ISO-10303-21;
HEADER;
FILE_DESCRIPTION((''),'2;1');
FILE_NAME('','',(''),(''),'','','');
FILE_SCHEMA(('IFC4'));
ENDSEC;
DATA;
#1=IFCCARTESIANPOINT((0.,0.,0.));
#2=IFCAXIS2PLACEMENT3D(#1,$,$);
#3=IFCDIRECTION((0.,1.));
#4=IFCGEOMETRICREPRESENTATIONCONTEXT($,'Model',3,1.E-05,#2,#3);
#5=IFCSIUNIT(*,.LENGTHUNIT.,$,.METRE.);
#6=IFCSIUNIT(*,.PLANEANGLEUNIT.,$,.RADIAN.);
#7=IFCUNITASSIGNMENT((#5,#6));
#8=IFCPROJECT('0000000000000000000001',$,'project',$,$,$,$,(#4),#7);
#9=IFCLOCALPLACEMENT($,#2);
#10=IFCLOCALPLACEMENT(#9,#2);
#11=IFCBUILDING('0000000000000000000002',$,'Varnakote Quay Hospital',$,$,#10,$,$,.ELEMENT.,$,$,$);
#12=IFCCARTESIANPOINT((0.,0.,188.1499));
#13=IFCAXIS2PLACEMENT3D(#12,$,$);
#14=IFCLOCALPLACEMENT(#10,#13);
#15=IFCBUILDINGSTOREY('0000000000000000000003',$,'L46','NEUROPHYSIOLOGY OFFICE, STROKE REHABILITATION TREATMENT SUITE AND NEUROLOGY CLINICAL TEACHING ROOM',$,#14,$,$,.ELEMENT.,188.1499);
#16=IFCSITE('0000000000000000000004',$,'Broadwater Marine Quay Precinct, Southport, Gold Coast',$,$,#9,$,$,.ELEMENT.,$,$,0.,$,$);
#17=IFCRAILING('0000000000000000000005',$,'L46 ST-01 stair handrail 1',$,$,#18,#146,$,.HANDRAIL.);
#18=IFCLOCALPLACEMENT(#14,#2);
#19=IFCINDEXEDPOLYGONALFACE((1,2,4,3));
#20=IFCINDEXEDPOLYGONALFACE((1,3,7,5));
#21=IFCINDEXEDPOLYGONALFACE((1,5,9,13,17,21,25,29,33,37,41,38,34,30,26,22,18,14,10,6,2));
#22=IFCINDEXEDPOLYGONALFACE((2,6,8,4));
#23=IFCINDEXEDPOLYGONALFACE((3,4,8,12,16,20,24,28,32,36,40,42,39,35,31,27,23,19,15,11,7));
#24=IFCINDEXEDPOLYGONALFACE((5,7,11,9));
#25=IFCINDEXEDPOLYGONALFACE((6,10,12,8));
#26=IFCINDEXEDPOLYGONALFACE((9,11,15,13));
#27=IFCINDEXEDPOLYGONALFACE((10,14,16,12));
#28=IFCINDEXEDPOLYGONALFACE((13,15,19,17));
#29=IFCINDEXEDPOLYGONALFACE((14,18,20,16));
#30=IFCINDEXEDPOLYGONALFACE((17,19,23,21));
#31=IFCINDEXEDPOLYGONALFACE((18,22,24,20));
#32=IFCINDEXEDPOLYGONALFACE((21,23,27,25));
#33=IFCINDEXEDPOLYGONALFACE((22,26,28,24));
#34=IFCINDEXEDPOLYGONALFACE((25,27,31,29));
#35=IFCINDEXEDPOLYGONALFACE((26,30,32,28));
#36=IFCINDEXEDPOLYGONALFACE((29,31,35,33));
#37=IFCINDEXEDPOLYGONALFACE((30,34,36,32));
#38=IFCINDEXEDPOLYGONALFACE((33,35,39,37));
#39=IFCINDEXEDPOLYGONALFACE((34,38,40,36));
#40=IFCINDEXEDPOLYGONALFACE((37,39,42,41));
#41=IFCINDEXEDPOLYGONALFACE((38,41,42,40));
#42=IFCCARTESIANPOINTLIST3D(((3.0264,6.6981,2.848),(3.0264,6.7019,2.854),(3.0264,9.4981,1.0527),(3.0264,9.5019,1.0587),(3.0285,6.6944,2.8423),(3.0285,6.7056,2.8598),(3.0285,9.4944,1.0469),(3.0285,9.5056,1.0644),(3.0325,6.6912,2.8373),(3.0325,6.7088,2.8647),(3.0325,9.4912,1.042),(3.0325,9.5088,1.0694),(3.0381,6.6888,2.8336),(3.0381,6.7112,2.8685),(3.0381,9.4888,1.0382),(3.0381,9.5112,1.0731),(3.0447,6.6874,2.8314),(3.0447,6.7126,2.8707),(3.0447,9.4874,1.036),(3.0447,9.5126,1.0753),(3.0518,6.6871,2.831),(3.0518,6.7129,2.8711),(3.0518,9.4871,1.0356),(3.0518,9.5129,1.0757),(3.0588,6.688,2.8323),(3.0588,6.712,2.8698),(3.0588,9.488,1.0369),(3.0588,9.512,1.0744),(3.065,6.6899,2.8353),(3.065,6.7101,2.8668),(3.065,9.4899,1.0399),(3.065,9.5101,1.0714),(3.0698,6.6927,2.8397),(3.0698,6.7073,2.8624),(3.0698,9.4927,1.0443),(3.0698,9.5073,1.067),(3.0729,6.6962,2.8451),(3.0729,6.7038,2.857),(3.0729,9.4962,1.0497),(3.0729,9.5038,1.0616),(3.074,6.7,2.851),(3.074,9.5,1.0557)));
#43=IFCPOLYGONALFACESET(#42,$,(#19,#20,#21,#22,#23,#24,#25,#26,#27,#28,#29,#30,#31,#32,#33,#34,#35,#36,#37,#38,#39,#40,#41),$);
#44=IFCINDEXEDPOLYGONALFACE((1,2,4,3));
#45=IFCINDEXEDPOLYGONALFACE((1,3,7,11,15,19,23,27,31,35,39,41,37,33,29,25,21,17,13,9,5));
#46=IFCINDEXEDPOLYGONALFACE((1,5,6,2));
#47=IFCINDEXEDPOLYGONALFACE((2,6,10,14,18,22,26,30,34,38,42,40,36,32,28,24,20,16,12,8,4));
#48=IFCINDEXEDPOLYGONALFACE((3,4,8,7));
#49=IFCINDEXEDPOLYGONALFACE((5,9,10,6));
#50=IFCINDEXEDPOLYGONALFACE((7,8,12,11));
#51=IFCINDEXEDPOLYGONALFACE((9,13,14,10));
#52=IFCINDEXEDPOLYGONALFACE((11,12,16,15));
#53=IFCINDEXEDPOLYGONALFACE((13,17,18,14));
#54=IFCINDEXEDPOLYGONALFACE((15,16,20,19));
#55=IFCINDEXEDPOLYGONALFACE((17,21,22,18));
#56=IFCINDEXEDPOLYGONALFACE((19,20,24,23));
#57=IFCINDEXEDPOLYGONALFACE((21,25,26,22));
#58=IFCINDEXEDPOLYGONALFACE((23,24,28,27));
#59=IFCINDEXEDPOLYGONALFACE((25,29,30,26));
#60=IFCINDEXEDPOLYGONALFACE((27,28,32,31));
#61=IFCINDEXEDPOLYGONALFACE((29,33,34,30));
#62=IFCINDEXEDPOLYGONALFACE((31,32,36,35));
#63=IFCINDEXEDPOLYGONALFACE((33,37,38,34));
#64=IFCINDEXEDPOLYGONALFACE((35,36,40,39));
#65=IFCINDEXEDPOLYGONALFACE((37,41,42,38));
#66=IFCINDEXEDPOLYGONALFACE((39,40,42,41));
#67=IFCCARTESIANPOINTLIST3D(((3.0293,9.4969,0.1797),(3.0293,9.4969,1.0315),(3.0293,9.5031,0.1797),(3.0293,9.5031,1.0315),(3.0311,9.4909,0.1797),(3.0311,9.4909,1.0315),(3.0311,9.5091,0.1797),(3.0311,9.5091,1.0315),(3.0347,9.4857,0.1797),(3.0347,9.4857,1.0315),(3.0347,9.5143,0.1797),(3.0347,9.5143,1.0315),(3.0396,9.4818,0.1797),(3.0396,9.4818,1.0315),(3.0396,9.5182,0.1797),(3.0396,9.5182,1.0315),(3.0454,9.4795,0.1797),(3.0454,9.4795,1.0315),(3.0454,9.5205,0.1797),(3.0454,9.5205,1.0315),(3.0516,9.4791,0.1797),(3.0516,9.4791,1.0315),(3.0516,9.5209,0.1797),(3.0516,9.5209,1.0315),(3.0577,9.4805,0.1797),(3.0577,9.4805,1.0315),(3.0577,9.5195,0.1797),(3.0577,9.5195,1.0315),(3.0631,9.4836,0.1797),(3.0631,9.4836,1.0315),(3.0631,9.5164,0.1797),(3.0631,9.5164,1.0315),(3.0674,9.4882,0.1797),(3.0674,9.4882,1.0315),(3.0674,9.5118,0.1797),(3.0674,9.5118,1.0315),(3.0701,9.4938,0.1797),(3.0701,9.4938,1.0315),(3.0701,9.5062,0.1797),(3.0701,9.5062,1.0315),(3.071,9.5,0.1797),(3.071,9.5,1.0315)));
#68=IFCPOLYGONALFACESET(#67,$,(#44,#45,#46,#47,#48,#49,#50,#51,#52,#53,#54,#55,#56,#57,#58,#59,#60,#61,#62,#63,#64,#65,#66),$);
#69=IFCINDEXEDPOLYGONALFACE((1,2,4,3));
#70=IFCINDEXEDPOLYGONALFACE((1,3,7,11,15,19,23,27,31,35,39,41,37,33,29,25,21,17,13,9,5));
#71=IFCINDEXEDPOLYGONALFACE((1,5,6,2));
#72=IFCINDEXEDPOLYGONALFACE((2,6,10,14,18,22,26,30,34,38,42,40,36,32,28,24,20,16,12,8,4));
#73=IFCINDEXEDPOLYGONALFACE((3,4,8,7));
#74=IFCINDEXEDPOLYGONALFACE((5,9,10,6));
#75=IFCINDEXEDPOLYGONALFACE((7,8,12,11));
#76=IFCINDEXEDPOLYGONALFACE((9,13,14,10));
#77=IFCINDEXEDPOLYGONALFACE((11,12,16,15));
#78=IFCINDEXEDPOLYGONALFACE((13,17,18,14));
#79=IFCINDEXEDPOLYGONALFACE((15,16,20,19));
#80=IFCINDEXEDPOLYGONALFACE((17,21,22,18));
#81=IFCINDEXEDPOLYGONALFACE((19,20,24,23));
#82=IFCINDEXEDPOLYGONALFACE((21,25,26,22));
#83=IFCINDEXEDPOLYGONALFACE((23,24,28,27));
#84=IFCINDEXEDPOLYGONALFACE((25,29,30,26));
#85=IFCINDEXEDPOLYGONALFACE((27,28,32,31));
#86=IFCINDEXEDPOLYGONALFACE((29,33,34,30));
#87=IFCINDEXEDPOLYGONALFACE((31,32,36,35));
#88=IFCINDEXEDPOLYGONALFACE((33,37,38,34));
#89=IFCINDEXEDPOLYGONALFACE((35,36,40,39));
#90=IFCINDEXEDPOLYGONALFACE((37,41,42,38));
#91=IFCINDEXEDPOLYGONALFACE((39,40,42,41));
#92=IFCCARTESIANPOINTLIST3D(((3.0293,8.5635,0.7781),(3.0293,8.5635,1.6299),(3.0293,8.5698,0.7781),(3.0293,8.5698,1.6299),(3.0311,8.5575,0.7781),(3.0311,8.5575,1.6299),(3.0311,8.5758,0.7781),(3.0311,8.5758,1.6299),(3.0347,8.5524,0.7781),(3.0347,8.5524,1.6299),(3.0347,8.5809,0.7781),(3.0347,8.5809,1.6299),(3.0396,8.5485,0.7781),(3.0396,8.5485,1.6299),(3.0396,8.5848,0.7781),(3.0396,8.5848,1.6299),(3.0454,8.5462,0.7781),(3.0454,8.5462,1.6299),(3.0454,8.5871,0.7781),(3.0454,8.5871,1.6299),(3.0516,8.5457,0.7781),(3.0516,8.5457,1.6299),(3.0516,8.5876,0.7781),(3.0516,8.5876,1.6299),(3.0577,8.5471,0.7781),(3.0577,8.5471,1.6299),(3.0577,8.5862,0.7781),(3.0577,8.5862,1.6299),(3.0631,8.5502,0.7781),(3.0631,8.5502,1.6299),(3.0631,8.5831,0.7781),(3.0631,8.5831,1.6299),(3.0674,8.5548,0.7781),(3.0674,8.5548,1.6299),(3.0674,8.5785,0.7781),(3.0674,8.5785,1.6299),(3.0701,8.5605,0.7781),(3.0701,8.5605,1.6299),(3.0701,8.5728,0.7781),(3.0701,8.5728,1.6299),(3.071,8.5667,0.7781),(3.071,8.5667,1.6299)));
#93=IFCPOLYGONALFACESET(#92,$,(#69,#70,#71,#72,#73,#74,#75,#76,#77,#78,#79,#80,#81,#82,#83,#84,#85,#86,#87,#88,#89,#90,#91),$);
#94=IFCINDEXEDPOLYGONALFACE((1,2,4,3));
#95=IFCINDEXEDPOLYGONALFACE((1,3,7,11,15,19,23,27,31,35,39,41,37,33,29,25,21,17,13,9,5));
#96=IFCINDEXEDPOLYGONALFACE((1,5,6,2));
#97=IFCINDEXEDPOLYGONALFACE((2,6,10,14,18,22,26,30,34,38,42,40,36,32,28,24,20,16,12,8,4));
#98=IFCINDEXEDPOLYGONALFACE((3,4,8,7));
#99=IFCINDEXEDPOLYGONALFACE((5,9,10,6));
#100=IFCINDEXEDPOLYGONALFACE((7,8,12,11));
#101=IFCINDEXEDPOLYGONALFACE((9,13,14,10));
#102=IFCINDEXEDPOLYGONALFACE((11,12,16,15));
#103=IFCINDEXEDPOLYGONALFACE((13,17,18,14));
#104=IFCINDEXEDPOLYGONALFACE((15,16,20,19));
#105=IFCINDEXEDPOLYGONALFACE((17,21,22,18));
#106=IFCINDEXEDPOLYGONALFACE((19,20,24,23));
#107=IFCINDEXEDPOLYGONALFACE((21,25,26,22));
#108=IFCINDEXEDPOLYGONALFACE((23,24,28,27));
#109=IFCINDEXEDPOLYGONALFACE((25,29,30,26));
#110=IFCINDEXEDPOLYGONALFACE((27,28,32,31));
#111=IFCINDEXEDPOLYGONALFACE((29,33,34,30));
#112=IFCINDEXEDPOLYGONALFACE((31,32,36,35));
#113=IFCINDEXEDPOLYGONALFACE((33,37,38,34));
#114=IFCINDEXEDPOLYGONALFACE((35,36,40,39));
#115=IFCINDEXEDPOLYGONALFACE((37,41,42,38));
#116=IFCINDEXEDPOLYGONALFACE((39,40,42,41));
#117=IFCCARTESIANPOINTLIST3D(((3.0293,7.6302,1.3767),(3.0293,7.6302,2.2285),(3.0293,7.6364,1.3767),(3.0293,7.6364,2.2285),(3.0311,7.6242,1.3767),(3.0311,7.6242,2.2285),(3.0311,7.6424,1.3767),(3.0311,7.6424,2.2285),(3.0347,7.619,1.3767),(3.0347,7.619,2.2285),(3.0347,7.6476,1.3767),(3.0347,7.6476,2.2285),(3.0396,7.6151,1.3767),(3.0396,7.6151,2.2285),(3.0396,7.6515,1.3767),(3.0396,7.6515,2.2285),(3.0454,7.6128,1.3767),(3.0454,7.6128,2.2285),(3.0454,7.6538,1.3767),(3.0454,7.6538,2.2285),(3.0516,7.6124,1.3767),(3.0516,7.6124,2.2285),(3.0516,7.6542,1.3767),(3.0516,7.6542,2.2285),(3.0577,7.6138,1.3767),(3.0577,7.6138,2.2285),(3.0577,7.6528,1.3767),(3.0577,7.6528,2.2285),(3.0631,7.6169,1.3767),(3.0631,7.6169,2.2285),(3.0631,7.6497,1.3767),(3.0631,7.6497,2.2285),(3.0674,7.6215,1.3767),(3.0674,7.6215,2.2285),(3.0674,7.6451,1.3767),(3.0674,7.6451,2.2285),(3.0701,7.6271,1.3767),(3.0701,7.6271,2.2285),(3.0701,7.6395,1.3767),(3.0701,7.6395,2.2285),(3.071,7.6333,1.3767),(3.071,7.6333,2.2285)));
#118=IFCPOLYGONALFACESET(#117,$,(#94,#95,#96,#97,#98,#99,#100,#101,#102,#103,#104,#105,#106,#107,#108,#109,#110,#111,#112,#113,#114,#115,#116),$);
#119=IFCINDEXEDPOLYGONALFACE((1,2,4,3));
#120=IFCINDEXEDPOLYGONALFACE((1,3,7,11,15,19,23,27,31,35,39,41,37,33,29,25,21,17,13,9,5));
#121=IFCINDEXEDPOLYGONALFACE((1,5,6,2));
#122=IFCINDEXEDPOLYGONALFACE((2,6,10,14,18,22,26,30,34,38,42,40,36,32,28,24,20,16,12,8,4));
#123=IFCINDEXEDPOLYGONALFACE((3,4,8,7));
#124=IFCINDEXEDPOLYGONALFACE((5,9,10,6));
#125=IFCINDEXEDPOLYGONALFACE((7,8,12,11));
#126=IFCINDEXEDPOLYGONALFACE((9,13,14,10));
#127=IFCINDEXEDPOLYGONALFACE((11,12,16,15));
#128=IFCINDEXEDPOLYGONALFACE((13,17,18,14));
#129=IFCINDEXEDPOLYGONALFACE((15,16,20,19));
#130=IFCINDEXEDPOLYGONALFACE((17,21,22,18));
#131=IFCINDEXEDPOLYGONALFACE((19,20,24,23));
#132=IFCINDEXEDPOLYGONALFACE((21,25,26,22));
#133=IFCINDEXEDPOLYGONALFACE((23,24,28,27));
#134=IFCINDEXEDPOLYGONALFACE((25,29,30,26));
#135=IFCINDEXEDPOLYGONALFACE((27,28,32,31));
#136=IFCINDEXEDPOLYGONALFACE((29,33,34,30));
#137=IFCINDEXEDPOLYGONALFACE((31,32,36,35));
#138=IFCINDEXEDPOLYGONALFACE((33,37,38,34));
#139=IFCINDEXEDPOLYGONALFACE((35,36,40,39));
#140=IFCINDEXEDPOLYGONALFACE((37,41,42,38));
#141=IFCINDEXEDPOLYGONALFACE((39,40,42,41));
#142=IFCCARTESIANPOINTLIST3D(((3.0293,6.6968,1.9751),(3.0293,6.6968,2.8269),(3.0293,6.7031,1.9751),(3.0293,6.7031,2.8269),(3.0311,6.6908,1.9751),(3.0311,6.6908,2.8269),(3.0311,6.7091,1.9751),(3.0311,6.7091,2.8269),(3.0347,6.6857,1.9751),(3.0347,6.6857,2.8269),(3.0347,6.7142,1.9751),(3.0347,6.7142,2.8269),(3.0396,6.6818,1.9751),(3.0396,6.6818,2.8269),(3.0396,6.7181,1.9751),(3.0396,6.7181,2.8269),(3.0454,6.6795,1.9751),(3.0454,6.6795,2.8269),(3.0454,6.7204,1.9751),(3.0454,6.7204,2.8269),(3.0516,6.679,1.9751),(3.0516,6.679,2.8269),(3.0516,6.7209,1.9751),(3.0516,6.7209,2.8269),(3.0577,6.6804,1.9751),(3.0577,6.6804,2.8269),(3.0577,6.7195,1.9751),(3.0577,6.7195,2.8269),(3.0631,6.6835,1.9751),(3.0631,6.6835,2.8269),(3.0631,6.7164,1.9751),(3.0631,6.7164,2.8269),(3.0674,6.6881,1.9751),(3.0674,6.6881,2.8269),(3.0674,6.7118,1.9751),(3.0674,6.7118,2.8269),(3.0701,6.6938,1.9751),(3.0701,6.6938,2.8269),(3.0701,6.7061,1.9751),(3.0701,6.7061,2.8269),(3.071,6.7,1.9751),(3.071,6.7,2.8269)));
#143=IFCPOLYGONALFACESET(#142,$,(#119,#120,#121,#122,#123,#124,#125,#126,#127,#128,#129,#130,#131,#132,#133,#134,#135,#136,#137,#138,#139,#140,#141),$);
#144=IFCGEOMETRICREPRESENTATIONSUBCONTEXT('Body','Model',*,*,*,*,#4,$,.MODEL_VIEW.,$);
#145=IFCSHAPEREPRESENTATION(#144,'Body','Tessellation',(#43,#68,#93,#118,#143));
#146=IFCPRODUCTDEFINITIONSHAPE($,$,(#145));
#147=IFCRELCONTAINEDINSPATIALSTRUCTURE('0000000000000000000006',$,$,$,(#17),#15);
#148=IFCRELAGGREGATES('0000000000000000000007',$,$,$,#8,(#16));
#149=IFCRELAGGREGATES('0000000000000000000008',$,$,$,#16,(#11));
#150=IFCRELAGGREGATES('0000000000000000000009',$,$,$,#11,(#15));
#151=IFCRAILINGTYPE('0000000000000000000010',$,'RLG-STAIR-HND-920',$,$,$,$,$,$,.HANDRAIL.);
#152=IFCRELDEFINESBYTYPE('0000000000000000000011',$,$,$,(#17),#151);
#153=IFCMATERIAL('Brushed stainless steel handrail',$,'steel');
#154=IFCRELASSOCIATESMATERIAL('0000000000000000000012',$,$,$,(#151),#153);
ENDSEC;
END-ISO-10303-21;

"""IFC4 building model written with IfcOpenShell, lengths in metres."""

from ifc_helpers import new_model, si_unit, direction, frame, origin, origin_2d, place, context, subcontext, project, spatial, circle, extrude, material, type_object, element, save


model = new_model("IFC4")

# Units and contexts
model_context = context("Model", 3, precision=1e-05, world=origin(), true_north=direction((0.0, 1.0)))
body_context = subcontext(model_context, "Body", "Model", "MODEL_VIEW")
ifc_project = project(units=[si_unit("LENGTHUNIT", "METRE"), si_unit("PLANEANGLEUNIT", "RADIAN")], contexts=[model_context])

# Site, building, storey
site_placement = place(None, origin())
site = spatial("IfcSite", under=ifc_project, at=site_placement, Name="Broadwater Marine Quay Precinct, Southport, Gold Coast", CompositionType="ELEMENT", RefElevation=0.0)
building_placement = place(site_placement, origin())
building = spatial("IfcBuilding", under=site, at=building_placement, Name="Varnakote Quay Hospital", CompositionType="ELEMENT")
storey_placement = place(building_placement, frame((0.0, 0.0, 188.1499)))
storey = spatial("IfcBuildingStorey", under=building, at=storey_placement, Name="L46", Description="NEUROPHYSIOLOGY OFFICE, STROKE REHABILITATION TREATMENT SUITE AND NEUROLOGY CLINICAL TEACHING ROOM", CompositionType="ELEMENT", Elevation=188.1499)

# Railing
ifc_material_1 = material(Name="Brushed stainless steel handrail", Category="steel")
railing_type_1 = type_object("IfcRailingType", Name="RLG-STAIR-HND-920", PredefinedType="HANDRAIL", material=ifc_material_1)
railing_1_placement = place(storey_placement, frame((3.05, 9.5, 0.1797)))
element("IfcRailing", 1, at=railing_1_placement, inside=storey, type_object=railing_type_1, Name="L46 ST-01 stair handrail 1", PredefinedType="HANDRAIL", context=body_context, shape_type="SweptSolid", body=[
    extrude(circle(Radius=0.0239, at=origin_2d()), frame((0.0, 0.0, 0.876), z_axis=(0.0, -0.84181, 0.539774), x_axis=(1.0, 0.0, 0.0)), (0.0, 0.0, 1.0), 3.3262),
    extrude(circle(Radius=0.021, at=origin_2d()), origin(), (0.0, 0.0, 1.0), 0.8518),
    extrude(circle(Radius=0.021, at=origin_2d()), frame((0.0, -0.9333, 0.5984)), (0.0, 0.0, 1.0), 0.8518),
    extrude(circle(Radius=0.021, at=origin_2d()), frame((0.0, -1.8667, 1.197)), (0.0, 0.0, 1.0), 0.8518),
    extrude(circle(Radius=0.021, at=origin_2d()), frame((0.0, -2.8, 1.7954)), (0.0, 0.0, 1.0), 0.8518),
])

save(model, "model.ifc")
